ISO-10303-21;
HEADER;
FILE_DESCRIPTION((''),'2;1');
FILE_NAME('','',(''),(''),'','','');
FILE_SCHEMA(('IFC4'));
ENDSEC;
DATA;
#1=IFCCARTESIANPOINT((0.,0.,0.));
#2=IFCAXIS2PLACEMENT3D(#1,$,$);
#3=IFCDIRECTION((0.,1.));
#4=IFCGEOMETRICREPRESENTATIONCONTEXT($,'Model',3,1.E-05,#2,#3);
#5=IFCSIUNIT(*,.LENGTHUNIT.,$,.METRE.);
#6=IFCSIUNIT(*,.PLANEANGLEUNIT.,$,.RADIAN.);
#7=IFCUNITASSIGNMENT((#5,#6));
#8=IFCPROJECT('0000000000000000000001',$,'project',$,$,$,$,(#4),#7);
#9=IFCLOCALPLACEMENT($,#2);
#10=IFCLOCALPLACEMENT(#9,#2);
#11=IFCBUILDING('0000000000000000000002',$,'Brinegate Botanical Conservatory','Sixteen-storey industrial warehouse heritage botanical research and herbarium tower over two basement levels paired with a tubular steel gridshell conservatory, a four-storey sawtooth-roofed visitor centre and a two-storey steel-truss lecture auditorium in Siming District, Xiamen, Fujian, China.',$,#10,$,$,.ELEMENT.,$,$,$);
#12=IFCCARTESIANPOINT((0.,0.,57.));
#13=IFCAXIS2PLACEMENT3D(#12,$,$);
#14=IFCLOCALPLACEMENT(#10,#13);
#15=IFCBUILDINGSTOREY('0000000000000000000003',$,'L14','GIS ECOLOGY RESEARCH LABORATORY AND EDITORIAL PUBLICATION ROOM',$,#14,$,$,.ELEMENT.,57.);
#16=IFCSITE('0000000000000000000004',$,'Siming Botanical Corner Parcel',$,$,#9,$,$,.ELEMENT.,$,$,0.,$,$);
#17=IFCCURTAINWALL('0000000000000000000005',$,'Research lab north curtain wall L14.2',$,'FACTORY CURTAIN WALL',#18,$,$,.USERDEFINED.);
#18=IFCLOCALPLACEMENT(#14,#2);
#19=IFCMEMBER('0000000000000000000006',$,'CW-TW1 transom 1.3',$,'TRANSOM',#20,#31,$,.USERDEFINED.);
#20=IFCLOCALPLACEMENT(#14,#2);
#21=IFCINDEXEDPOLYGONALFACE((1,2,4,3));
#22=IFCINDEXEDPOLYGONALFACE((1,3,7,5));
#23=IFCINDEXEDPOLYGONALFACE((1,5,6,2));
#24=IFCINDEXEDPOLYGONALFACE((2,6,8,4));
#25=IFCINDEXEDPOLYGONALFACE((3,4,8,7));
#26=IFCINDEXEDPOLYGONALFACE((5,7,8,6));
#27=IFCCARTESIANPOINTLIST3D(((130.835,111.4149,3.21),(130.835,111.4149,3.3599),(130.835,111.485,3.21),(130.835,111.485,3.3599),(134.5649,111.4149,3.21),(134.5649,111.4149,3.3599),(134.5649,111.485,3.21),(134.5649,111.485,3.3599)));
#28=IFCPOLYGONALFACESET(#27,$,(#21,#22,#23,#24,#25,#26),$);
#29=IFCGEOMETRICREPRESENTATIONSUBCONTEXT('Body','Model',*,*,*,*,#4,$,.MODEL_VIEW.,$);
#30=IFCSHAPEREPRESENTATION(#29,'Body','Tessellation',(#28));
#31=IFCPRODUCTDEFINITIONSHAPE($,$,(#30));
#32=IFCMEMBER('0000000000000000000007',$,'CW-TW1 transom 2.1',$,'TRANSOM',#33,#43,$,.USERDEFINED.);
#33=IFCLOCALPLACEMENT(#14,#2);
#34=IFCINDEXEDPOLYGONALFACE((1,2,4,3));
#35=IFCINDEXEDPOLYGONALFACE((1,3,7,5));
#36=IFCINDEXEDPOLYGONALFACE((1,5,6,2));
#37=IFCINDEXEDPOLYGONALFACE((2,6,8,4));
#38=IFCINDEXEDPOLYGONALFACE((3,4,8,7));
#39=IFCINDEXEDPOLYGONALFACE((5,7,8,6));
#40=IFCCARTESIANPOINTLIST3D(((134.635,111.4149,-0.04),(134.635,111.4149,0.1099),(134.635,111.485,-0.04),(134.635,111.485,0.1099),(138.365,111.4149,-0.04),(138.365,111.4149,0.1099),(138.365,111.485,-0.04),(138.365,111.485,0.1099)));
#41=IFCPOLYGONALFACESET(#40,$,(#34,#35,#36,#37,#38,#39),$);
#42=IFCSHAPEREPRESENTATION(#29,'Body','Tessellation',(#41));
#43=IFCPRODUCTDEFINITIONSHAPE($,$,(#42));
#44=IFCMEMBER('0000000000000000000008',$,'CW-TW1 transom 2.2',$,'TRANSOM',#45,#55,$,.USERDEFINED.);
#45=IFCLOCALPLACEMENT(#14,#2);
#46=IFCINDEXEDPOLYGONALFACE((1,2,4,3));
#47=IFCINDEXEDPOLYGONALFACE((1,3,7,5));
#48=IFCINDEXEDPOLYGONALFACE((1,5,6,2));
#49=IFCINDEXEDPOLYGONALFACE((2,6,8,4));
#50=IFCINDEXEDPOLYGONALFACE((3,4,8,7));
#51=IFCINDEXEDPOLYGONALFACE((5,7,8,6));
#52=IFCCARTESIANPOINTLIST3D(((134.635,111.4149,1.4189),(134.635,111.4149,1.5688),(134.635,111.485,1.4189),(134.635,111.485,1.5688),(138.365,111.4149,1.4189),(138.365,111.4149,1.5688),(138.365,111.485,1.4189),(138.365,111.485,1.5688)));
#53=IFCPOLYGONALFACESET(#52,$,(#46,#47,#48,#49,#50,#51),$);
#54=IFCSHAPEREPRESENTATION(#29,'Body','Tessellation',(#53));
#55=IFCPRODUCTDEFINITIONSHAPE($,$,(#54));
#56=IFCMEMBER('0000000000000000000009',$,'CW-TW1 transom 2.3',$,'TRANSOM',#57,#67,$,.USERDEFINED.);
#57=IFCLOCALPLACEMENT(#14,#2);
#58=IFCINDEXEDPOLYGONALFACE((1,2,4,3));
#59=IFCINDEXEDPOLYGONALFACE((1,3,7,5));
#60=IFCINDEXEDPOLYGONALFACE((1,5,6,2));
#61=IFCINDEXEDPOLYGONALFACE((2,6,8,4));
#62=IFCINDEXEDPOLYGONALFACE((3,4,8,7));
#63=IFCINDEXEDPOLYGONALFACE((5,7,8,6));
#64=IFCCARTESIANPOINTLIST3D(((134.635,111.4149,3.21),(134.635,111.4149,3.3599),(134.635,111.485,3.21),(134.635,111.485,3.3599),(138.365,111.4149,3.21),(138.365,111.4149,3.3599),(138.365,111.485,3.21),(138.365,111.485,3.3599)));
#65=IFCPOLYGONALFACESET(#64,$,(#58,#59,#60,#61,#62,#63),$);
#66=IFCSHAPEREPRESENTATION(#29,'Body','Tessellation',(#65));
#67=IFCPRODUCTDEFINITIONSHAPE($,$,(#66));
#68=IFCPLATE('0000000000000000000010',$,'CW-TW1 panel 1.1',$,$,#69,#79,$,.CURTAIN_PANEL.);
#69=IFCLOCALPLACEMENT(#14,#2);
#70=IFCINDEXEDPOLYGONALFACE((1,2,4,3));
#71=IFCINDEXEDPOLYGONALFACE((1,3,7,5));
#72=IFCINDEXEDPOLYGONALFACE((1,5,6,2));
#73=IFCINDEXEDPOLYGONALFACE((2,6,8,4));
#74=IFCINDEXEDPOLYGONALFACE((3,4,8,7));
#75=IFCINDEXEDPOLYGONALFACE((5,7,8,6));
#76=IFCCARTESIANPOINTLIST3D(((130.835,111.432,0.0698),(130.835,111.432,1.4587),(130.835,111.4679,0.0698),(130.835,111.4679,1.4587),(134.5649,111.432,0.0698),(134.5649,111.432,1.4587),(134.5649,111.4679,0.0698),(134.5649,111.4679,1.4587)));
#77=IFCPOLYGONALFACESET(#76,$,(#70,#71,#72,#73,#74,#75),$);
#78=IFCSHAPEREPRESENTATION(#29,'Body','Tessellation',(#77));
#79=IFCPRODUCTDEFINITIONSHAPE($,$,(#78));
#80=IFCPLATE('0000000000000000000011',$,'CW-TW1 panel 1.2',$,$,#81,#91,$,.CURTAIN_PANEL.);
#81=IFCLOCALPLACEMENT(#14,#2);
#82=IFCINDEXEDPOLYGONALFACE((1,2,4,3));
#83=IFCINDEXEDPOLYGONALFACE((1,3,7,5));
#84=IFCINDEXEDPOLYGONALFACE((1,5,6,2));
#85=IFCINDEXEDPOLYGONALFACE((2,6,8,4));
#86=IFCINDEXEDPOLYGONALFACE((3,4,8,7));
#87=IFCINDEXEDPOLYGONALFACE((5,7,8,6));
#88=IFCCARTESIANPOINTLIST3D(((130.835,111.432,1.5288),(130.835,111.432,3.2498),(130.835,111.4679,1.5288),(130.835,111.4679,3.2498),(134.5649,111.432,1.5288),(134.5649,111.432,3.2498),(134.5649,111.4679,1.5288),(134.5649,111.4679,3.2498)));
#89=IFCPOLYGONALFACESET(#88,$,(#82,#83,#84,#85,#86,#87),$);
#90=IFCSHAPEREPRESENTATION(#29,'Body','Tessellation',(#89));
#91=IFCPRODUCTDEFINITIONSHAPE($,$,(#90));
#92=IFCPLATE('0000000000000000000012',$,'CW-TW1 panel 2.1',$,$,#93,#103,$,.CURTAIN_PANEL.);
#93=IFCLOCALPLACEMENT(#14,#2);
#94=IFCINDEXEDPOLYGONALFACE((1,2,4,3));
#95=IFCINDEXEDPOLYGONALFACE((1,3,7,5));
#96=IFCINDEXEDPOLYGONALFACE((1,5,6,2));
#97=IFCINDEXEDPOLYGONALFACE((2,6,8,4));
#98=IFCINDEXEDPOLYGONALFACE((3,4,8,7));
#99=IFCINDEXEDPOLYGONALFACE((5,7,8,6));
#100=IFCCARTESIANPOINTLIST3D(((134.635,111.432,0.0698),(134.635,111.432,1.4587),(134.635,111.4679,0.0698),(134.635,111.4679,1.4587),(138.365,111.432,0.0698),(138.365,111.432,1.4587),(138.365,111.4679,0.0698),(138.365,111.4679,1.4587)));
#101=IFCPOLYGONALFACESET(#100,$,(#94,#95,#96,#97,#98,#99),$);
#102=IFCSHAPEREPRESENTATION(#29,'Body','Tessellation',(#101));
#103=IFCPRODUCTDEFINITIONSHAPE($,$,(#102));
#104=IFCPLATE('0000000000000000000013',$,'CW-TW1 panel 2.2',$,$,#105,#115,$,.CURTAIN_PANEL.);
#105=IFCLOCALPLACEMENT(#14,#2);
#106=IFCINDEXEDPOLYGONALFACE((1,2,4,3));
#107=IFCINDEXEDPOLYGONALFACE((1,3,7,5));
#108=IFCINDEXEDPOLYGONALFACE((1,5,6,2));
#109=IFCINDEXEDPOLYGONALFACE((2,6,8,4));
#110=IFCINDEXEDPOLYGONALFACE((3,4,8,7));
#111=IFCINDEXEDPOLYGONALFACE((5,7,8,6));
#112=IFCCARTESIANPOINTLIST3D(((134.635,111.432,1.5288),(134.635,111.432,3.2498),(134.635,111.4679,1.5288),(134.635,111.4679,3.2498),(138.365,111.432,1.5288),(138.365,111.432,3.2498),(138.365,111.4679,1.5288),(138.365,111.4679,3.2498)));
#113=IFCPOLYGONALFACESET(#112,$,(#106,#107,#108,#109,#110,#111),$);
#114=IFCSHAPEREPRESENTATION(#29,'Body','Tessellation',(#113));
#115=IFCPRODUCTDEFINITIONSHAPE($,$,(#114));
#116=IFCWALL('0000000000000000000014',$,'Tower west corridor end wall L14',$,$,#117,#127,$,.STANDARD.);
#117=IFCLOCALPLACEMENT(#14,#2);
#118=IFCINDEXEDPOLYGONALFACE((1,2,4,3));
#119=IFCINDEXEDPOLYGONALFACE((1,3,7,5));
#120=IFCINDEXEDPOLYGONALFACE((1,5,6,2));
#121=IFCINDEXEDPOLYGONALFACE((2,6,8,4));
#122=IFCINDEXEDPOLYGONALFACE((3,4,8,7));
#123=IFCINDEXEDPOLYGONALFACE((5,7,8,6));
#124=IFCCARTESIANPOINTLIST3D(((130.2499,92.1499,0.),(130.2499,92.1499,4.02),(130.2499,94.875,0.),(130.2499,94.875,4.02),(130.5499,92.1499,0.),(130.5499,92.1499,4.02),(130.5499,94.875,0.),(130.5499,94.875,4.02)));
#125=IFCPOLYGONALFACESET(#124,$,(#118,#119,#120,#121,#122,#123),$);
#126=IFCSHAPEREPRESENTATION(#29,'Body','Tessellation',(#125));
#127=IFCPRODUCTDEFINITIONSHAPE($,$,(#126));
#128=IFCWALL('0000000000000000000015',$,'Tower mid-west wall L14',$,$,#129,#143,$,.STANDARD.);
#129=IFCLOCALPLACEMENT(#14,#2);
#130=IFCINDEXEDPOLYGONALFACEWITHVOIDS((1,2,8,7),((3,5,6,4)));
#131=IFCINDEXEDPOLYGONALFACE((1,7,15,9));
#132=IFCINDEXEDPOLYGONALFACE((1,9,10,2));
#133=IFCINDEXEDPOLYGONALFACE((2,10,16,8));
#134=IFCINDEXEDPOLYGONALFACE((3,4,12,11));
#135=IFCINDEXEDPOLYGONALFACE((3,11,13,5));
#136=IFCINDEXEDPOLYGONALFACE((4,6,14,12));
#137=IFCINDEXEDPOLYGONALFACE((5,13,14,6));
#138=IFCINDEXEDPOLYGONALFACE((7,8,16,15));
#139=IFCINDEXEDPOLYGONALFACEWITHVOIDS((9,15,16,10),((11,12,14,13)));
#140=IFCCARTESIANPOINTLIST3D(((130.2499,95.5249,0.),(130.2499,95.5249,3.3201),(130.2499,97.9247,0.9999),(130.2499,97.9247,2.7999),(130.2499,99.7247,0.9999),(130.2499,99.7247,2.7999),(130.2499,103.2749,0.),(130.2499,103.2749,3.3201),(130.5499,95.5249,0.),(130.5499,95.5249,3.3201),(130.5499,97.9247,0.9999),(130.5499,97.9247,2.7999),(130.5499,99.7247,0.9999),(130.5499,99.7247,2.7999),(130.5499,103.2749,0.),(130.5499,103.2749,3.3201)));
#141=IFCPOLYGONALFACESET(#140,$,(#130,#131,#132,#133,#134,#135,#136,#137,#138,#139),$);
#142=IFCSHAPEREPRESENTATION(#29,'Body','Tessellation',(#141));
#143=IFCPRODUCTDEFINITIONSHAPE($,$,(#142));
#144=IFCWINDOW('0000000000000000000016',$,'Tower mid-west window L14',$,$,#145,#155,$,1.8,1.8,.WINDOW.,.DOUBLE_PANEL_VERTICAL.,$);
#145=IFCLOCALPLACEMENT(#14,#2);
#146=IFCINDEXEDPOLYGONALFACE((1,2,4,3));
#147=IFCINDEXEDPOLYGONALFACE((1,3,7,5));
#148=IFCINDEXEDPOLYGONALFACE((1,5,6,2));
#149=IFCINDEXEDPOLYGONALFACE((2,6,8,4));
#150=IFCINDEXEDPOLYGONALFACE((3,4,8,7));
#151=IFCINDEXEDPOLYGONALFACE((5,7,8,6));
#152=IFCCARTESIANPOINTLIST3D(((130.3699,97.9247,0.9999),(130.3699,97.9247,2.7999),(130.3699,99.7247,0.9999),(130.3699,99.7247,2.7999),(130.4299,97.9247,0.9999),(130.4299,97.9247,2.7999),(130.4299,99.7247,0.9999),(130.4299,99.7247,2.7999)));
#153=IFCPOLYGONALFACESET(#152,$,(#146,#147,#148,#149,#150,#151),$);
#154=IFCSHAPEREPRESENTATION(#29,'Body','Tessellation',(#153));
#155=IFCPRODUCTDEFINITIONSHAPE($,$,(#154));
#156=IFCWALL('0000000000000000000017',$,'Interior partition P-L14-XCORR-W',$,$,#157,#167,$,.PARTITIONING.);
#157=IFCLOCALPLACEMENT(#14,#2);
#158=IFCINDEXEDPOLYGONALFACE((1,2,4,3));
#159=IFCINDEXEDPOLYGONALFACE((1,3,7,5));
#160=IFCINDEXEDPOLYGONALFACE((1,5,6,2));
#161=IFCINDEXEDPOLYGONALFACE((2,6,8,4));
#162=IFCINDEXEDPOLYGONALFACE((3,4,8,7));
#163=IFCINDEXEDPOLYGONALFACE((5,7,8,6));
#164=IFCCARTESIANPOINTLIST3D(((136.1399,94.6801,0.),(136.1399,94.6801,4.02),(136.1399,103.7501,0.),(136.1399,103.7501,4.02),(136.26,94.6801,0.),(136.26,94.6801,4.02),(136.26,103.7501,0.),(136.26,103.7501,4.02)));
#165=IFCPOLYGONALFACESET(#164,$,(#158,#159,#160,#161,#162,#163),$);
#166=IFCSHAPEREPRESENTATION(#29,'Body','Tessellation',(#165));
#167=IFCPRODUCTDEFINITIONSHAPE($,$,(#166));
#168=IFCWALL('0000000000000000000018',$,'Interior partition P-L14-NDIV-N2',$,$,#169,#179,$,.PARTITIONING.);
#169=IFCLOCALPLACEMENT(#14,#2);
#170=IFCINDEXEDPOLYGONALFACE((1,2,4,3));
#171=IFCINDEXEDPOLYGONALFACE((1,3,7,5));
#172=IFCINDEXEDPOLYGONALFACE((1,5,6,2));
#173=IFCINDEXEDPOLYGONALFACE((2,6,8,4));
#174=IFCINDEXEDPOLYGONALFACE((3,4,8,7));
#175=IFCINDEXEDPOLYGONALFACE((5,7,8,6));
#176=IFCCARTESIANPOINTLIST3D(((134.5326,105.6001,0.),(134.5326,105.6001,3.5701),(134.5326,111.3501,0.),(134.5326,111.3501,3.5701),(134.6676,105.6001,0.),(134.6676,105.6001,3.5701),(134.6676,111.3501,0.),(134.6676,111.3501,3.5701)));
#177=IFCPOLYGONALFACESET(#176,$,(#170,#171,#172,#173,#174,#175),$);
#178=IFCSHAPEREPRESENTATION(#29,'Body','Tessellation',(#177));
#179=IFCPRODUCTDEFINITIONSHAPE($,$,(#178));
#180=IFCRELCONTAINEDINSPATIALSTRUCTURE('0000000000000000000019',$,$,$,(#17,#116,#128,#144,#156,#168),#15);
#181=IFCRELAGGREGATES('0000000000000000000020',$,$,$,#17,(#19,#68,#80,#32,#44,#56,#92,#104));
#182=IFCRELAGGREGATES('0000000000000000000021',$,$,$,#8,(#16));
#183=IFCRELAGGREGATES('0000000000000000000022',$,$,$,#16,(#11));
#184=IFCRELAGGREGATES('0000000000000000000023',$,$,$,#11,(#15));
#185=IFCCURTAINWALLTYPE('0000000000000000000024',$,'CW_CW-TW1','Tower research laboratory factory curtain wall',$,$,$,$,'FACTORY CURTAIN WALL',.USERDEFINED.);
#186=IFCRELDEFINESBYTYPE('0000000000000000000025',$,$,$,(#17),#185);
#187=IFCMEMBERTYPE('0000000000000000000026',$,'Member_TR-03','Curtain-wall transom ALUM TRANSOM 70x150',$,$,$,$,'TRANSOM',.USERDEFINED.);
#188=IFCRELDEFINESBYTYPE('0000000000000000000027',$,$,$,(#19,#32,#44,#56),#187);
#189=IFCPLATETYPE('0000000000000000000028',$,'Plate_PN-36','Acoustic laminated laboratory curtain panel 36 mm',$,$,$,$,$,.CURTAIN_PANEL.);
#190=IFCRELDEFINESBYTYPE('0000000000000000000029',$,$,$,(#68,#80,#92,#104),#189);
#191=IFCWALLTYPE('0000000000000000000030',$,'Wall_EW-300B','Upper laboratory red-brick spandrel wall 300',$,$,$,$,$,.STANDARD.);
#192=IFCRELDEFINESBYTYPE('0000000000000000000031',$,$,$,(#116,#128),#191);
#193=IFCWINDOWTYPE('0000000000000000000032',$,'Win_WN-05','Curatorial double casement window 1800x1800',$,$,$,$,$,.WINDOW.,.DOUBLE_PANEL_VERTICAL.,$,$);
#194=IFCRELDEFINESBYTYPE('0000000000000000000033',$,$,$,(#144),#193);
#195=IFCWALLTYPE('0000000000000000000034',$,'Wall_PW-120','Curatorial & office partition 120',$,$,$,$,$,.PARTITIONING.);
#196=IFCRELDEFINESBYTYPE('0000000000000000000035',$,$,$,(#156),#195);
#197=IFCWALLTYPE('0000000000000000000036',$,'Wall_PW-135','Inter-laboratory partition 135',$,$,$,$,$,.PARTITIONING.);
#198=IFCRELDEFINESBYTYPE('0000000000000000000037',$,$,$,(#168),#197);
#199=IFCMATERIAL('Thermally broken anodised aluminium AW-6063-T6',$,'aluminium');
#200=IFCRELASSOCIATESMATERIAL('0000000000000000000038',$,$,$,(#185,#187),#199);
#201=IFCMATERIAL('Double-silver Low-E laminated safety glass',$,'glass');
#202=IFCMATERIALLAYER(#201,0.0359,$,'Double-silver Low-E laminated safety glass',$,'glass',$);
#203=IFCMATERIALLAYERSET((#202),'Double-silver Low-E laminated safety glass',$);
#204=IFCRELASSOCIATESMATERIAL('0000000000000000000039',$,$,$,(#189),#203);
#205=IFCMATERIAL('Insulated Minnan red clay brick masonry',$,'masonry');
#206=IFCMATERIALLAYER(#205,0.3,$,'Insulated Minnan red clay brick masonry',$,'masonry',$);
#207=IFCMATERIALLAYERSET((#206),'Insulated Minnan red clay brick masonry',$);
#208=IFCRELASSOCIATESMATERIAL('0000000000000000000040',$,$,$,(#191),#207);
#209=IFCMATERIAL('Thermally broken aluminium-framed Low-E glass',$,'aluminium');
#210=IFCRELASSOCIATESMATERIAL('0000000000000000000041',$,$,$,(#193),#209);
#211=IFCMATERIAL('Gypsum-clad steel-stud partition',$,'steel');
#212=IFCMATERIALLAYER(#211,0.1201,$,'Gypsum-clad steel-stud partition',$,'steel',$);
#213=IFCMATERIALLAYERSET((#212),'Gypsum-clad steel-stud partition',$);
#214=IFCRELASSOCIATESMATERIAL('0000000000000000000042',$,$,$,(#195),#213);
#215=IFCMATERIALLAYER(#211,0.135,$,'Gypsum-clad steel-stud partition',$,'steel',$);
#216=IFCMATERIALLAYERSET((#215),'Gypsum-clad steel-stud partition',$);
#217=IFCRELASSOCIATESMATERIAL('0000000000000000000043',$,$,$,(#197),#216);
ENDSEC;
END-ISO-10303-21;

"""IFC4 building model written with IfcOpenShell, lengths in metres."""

from ifc_helpers import new_model, si_unit, direction, frame, frame_2d, origin, origin_2d, place, context, subcontext, project, spatial, rectangle, extrude, material, layer, layer_set, material_profile, profile_set, type_object, element, fill, aggregate, save


model = new_model("IFC4")

# Units and contexts
model_context = context("Model", 3, precision=1e-05, world=origin(), true_north=direction((0.0, 1.0)))
body_context = subcontext(model_context, "Body", "Model", "MODEL_VIEW")
ifc_project = project(units=[si_unit("LENGTHUNIT", "METRE"), si_unit("PLANEANGLEUNIT", "RADIAN")], contexts=[model_context])

# Site, building, storey
site_placement = place(None, origin())
site = spatial("IfcSite", under=ifc_project, at=site_placement, Name="Siming Botanical Corner Parcel", CompositionType="ELEMENT", RefElevation=0.0)
building_placement = place(site_placement, origin())
building = spatial("IfcBuilding", under=site, at=building_placement, Name="Brinegate Botanical Conservatory", Description="Sixteen-storey industrial warehouse heritage botanical research and herbarium tower over two basement levels paired with a tubular steel gridshell conservatory, a four-storey sawtooth-roofed visitor centre and a two-storey steel-truss lecture auditorium in Siming District, Xiamen, Fujian, China.", CompositionType="ELEMENT")
storey_placement = place(building_placement, frame((0.0, 0.0, 57.0)))
storey = spatial("IfcBuildingStorey", under=building, at=storey_placement, Name="L14", Description="GIS ECOLOGY RESEARCH LABORATORY AND EDITORIAL PUBLICATION ROOM", CompositionType="ELEMENT", Elevation=57.0)

# Curtain wall, members, plates
ifc_material_1 = material(Name="Thermally broken anodised aluminium AW-6063-T6", Category="aluminium")
curtain_wall_type = type_object("IfcCurtainWallType", Name="CW_CW-TW1", Description="Tower research laboratory factory curtain wall", ElementType="FACTORY CURTAIN WALL", PredefinedType="USERDEFINED", material=ifc_material_1)
curtain_wall_placement = place(storey_placement, origin())
curtain_wall = element("IfcCurtainWall", 1, at=curtain_wall_placement, inside=storey, type_object=curtain_wall_type, Name="Research lab north curtain wall L14.2", ObjectType="FACTORY CURTAIN WALL", PredefinedType="USERDEFINED")
ifc_material_profile_1 = material_profile(ifc_material_1, rectangle(XDim=0.0701, YDim=0.1499, at=origin_2d()), Name="ALUM TRANSOM 70x150")
ifc_profile_set_1 = profile_set([ifc_material_profile_1], Name="Thermally broken anodised aluminium AW-6063-T6")
member_type_1 = type_object("IfcMemberType", Name="Member_TR-03", Description="Curtain-wall transom ALUM TRANSOM 70x150", ElementType="TRANSOM", PredefinedType="USERDEFINED", material=ifc_profile_set_1)
member_1_placement = place(storey_placement, frame((130.835, 111.45, 3.2849), z_axis=(1.0, 0.0, 0.0), x_axis=(0.0, 1.0, 0.0)))
member_1 = element("IfcMember", 2, at=member_1_placement, type_object=member_type_1, Name="CW-TW1 transom 1.3", ObjectType="TRANSOM", PredefinedType="USERDEFINED", context=body_context, shape_type="SweptSolid", body=[
    extrude(rectangle(XDim=0.0701, YDim=0.1499, at=origin_2d()), origin(), (0.0, 0.0, 1.0), 3.73),
])
member_2_placement = place(storey_placement, frame((134.635, 111.45, 0.0349), z_axis=(1.0, 0.0, 0.0), x_axis=(0.0, 1.0, 0.0)))
member_2 = element("IfcMember", 3, at=member_2_placement, type_object=member_type_1, Name="CW-TW1 transom 2.1", ObjectType="TRANSOM", PredefinedType="USERDEFINED", context=body_context, shape_type="SweptSolid", body=[
    extrude(rectangle(XDim=0.0701, YDim=0.1499, at=origin_2d()), origin(), (0.0, 0.0, 1.0), 3.73),
])
member_3_placement = place(storey_placement, frame((134.635, 111.45, 1.4939), z_axis=(1.0, 0.0, 0.0), x_axis=(0.0, 1.0, 0.0)))
member_3 = element("IfcMember", 4, at=member_3_placement, type_object=member_type_1, Name="CW-TW1 transom 2.2", ObjectType="TRANSOM", PredefinedType="USERDEFINED", context=body_context, shape_type="SweptSolid", body=[
    extrude(rectangle(XDim=0.0701, YDim=0.1499, at=origin_2d()), origin(), (0.0, 0.0, 1.0), 3.73),
])
member_4_placement = place(storey_placement, frame((134.635, 111.45, 3.2849), z_axis=(1.0, 0.0, 0.0), x_axis=(0.0, 1.0, 0.0)))
member_4 = element("IfcMember", 5, at=member_4_placement, type_object=member_type_1, Name="CW-TW1 transom 2.3", ObjectType="TRANSOM", PredefinedType="USERDEFINED", context=body_context, shape_type="SweptSolid", body=[
    extrude(rectangle(XDim=0.0701, YDim=0.1499, at=origin_2d()), origin(), (0.0, 0.0, 1.0), 3.73),
])
ifc_material_2 = material(Name="Double-silver Low-E laminated safety glass", Category="glass")
ifc_layer_1 = layer(ifc_material_2, 0.0359, Name="Double-silver Low-E laminated safety glass", Category="glass")
ifc_layer_set_1 = layer_set([ifc_layer_1], Name="Double-silver Low-E laminated safety glass")
plate_type = type_object("IfcPlateType", Name="Plate_PN-36", Description="Acoustic laminated laboratory curtain panel 36 mm", PredefinedType="CURTAIN_PANEL", material=ifc_layer_set_1)
plate_1_placement = place(storey_placement, frame((132.7, 111.45, 0.0698), z_axis=(0.0, 0.0, 1.0), x_axis=(1.0, 0.0, 0.0)))
plate_1 = element("IfcPlate", 6, at=plate_1_placement, type_object=plate_type, Name="CW-TW1 panel 1.1", PredefinedType="CURTAIN_PANEL", context=body_context, shape_type="SweptSolid", body=[
    extrude(rectangle(XDim=3.73, YDim=0.0359, at=origin_2d()), origin(), (0.0, 0.0, 1.0), 1.3889),
])
plate_2_placement = place(storey_placement, frame((132.7, 111.45, 1.5288), z_axis=(0.0, 0.0, 1.0), x_axis=(1.0, 0.0, 0.0)))
plate_2 = element("IfcPlate", 7, at=plate_2_placement, type_object=plate_type, Name="CW-TW1 panel 1.2", PredefinedType="CURTAIN_PANEL", context=body_context, shape_type="SweptSolid", body=[
    extrude(rectangle(XDim=3.73, YDim=0.0359, at=origin_2d()), origin(), (0.0, 0.0, 1.0), 1.7209),
])
plate_3_placement = place(storey_placement, frame((136.5, 111.45, 0.0698), z_axis=(0.0, 0.0, 1.0), x_axis=(1.0, 0.0, 0.0)))
plate_3 = element("IfcPlate", 8, at=plate_3_placement, type_object=plate_type, Name="CW-TW1 panel 2.1", PredefinedType="CURTAIN_PANEL", context=body_context, shape_type="SweptSolid", body=[
    extrude(rectangle(XDim=3.73, YDim=0.0359, at=origin_2d()), origin(), (0.0, 0.0, 1.0), 1.3889),
])
plate_4_placement = place(storey_placement, frame((136.5, 111.45, 1.5288), z_axis=(0.0, 0.0, 1.0), x_axis=(1.0, 0.0, 0.0)))
plate_4 = element("IfcPlate", 9, at=plate_4_placement, type_object=plate_type, Name="CW-TW1 panel 2.2", PredefinedType="CURTAIN_PANEL", context=body_context, shape_type="SweptSolid", body=[
    extrude(rectangle(XDim=3.73, YDim=0.0359, at=origin_2d()), origin(), (0.0, 0.0, 1.0), 1.7209),
])
aggregate(curtain_wall, [member_1, plate_1, plate_2, member_2, member_3, member_4, plate_3, plate_4])

# Wall
ifc_material_3 = material(Name="Insulated Minnan red clay brick masonry", Category="masonry")
ifc_layer_2 = layer(ifc_material_3, 0.3, Name="Insulated Minnan red clay brick masonry", Category="masonry")
ifc_layer_set_2 = layer_set([ifc_layer_2], Name="Insulated Minnan red clay brick masonry")
wall_type_1 = type_object("IfcWallType", Name="Wall_EW-300B", Description="Upper laboratory red-brick spandrel wall 300", PredefinedType="STANDARD", material=ifc_layer_set_2)
wall_1_placement = place(storey_placement, frame((130.3999, 92.1499, 0.0), z_axis=(0.0, 0.0, 1.0), x_axis=(0.0, 1.0, 0.0)))
element("IfcWall", 10, at=wall_1_placement, inside=storey, type_object=wall_type_1, Name="Tower west corridor end wall L14", PredefinedType="STANDARD", context=body_context, shape_type="SweptSolid", body=[
    extrude(rectangle(XDim=2.7251, YDim=0.3, at=frame_2d((1.3625, 0.0))), origin(), (0.0, 0.0, 1.0), 4.02),
])

# Wall, opening, window
wall_2_placement = place(storey_placement, frame((130.3999, 95.5249, 0.0), z_axis=(0.0, 0.0, 1.0), x_axis=(0.0, 1.0, 0.0)))
wall_2 = element("IfcWall", 11, at=wall_2_placement, inside=storey, type_object=wall_type_1, Name="Tower mid-west wall L14", PredefinedType="STANDARD", context=body_context, shape_type="SweptSolid", body=[
    extrude(rectangle(XDim=7.75, YDim=0.3, at=frame_2d((3.875, 0.0))), origin(), (0.0, 0.0, 1.0), 3.3201),
])
opening_1_placement = place(wall_2_placement, frame((2.3999, 0.0, 1.0)))
opening_1 = element("IfcOpeningElement", 12, at=opening_1_placement, cuts=wall_2, PredefinedType="OPENING", context=body_context, shape_type="SweptSolid", body=[
    extrude(rectangle(XDim=1.8, YDim=1.8, at=frame_2d((0.8999, 0.8999))), frame((0.0, 0.1599, 0.0), z_axis=(0.0, -1.0, 0.0), x_axis=(1.0, 0.0, 0.0)), (0.0, 0.0, 1.0), 0.3201),
])
ifc_material_4 = material(Name="Thermally broken aluminium-framed Low-E glass", Category="aluminium")
window_type = type_object("IfcWindowType", Name="Win_WN-05", Description="Curatorial double casement window 1800x1800", PartitioningType="DOUBLE_PANEL_VERTICAL", PredefinedType="WINDOW", material=ifc_material_4)
window_placement = place(opening_1_placement, origin())
window = element("IfcWindow", 13, at=window_placement, inside=storey, type_object=window_type, Name="Tower mid-west window L14", OverallHeight=1.8, OverallWidth=1.8, PartitioningType="DOUBLE_PANEL_VERTICAL", PredefinedType="WINDOW", context=body_context, shape_type="SweptSolid", body=[
    extrude(rectangle(XDim=1.8, YDim=1.8, at=frame_2d((0.8999, 0.8999))), frame((0.0, 0.03, 0.0), z_axis=(0.0, -1.0, 0.0), x_axis=(1.0, 0.0, 0.0)), (0.0, 0.0, 1.0), 0.0601),
])
fill(opening_1, window)

# Walls
ifc_material_5 = material(Name="Gypsum-clad steel-stud partition", Category="steel")
ifc_layer_3 = layer(ifc_material_5, 0.1201, Name="Gypsum-clad steel-stud partition", Category="steel")
ifc_layer_set_3 = layer_set([ifc_layer_3], Name="Gypsum-clad steel-stud partition")
wall_type_2 = type_object("IfcWallType", Name="Wall_PW-120", Description="Curatorial & office partition 120", PredefinedType="PARTITIONING", material=ifc_layer_set_3)
wall_3_placement = place(storey_placement, frame((136.2, 94.6799, 0.0), z_axis=(0.0, 0.0, 1.0), x_axis=(0.0, 1.0, 0.0)))
element("IfcWall", 14, at=wall_3_placement, inside=storey, type_object=wall_type_2, Name="Interior partition P-L14-XCORR-W", PredefinedType="PARTITIONING", context=body_context, shape_type="SweptSolid", body=[
    extrude(rectangle(XDim=9.0701, YDim=0.1201, at=frame_2d((4.5352, 0.0))), origin(), (0.0, 0.0, 1.0), 4.02),
])
ifc_layer_4 = layer(ifc_material_5, 0.135, Name="Gypsum-clad steel-stud partition", Category="steel")
ifc_layer_set_4 = layer_set([ifc_layer_4], Name="Gypsum-clad steel-stud partition")
wall_type_3 = type_object("IfcWallType", Name="Wall_PW-135", Description="Inter-laboratory partition 135", PredefinedType="PARTITIONING", material=ifc_layer_set_4)
wall_4_placement = place(storey_placement, frame((134.6001, 105.6001, 0.0), z_axis=(0.0, 0.0, 1.0), x_axis=(0.0, 1.0, 0.0)))
element("IfcWall", 15, at=wall_4_placement, inside=storey, type_object=wall_type_3, Name="Interior partition P-L14-NDIV-N2", PredefinedType="PARTITIONING", context=body_context, shape_type="SweptSolid", body=[
    extrude(rectangle(XDim=5.75, YDim=0.135, at=frame_2d((2.875, 0.0))), origin(), (0.0, 0.0, 1.0), 3.5701),
])

save(model, "model.ifc")
